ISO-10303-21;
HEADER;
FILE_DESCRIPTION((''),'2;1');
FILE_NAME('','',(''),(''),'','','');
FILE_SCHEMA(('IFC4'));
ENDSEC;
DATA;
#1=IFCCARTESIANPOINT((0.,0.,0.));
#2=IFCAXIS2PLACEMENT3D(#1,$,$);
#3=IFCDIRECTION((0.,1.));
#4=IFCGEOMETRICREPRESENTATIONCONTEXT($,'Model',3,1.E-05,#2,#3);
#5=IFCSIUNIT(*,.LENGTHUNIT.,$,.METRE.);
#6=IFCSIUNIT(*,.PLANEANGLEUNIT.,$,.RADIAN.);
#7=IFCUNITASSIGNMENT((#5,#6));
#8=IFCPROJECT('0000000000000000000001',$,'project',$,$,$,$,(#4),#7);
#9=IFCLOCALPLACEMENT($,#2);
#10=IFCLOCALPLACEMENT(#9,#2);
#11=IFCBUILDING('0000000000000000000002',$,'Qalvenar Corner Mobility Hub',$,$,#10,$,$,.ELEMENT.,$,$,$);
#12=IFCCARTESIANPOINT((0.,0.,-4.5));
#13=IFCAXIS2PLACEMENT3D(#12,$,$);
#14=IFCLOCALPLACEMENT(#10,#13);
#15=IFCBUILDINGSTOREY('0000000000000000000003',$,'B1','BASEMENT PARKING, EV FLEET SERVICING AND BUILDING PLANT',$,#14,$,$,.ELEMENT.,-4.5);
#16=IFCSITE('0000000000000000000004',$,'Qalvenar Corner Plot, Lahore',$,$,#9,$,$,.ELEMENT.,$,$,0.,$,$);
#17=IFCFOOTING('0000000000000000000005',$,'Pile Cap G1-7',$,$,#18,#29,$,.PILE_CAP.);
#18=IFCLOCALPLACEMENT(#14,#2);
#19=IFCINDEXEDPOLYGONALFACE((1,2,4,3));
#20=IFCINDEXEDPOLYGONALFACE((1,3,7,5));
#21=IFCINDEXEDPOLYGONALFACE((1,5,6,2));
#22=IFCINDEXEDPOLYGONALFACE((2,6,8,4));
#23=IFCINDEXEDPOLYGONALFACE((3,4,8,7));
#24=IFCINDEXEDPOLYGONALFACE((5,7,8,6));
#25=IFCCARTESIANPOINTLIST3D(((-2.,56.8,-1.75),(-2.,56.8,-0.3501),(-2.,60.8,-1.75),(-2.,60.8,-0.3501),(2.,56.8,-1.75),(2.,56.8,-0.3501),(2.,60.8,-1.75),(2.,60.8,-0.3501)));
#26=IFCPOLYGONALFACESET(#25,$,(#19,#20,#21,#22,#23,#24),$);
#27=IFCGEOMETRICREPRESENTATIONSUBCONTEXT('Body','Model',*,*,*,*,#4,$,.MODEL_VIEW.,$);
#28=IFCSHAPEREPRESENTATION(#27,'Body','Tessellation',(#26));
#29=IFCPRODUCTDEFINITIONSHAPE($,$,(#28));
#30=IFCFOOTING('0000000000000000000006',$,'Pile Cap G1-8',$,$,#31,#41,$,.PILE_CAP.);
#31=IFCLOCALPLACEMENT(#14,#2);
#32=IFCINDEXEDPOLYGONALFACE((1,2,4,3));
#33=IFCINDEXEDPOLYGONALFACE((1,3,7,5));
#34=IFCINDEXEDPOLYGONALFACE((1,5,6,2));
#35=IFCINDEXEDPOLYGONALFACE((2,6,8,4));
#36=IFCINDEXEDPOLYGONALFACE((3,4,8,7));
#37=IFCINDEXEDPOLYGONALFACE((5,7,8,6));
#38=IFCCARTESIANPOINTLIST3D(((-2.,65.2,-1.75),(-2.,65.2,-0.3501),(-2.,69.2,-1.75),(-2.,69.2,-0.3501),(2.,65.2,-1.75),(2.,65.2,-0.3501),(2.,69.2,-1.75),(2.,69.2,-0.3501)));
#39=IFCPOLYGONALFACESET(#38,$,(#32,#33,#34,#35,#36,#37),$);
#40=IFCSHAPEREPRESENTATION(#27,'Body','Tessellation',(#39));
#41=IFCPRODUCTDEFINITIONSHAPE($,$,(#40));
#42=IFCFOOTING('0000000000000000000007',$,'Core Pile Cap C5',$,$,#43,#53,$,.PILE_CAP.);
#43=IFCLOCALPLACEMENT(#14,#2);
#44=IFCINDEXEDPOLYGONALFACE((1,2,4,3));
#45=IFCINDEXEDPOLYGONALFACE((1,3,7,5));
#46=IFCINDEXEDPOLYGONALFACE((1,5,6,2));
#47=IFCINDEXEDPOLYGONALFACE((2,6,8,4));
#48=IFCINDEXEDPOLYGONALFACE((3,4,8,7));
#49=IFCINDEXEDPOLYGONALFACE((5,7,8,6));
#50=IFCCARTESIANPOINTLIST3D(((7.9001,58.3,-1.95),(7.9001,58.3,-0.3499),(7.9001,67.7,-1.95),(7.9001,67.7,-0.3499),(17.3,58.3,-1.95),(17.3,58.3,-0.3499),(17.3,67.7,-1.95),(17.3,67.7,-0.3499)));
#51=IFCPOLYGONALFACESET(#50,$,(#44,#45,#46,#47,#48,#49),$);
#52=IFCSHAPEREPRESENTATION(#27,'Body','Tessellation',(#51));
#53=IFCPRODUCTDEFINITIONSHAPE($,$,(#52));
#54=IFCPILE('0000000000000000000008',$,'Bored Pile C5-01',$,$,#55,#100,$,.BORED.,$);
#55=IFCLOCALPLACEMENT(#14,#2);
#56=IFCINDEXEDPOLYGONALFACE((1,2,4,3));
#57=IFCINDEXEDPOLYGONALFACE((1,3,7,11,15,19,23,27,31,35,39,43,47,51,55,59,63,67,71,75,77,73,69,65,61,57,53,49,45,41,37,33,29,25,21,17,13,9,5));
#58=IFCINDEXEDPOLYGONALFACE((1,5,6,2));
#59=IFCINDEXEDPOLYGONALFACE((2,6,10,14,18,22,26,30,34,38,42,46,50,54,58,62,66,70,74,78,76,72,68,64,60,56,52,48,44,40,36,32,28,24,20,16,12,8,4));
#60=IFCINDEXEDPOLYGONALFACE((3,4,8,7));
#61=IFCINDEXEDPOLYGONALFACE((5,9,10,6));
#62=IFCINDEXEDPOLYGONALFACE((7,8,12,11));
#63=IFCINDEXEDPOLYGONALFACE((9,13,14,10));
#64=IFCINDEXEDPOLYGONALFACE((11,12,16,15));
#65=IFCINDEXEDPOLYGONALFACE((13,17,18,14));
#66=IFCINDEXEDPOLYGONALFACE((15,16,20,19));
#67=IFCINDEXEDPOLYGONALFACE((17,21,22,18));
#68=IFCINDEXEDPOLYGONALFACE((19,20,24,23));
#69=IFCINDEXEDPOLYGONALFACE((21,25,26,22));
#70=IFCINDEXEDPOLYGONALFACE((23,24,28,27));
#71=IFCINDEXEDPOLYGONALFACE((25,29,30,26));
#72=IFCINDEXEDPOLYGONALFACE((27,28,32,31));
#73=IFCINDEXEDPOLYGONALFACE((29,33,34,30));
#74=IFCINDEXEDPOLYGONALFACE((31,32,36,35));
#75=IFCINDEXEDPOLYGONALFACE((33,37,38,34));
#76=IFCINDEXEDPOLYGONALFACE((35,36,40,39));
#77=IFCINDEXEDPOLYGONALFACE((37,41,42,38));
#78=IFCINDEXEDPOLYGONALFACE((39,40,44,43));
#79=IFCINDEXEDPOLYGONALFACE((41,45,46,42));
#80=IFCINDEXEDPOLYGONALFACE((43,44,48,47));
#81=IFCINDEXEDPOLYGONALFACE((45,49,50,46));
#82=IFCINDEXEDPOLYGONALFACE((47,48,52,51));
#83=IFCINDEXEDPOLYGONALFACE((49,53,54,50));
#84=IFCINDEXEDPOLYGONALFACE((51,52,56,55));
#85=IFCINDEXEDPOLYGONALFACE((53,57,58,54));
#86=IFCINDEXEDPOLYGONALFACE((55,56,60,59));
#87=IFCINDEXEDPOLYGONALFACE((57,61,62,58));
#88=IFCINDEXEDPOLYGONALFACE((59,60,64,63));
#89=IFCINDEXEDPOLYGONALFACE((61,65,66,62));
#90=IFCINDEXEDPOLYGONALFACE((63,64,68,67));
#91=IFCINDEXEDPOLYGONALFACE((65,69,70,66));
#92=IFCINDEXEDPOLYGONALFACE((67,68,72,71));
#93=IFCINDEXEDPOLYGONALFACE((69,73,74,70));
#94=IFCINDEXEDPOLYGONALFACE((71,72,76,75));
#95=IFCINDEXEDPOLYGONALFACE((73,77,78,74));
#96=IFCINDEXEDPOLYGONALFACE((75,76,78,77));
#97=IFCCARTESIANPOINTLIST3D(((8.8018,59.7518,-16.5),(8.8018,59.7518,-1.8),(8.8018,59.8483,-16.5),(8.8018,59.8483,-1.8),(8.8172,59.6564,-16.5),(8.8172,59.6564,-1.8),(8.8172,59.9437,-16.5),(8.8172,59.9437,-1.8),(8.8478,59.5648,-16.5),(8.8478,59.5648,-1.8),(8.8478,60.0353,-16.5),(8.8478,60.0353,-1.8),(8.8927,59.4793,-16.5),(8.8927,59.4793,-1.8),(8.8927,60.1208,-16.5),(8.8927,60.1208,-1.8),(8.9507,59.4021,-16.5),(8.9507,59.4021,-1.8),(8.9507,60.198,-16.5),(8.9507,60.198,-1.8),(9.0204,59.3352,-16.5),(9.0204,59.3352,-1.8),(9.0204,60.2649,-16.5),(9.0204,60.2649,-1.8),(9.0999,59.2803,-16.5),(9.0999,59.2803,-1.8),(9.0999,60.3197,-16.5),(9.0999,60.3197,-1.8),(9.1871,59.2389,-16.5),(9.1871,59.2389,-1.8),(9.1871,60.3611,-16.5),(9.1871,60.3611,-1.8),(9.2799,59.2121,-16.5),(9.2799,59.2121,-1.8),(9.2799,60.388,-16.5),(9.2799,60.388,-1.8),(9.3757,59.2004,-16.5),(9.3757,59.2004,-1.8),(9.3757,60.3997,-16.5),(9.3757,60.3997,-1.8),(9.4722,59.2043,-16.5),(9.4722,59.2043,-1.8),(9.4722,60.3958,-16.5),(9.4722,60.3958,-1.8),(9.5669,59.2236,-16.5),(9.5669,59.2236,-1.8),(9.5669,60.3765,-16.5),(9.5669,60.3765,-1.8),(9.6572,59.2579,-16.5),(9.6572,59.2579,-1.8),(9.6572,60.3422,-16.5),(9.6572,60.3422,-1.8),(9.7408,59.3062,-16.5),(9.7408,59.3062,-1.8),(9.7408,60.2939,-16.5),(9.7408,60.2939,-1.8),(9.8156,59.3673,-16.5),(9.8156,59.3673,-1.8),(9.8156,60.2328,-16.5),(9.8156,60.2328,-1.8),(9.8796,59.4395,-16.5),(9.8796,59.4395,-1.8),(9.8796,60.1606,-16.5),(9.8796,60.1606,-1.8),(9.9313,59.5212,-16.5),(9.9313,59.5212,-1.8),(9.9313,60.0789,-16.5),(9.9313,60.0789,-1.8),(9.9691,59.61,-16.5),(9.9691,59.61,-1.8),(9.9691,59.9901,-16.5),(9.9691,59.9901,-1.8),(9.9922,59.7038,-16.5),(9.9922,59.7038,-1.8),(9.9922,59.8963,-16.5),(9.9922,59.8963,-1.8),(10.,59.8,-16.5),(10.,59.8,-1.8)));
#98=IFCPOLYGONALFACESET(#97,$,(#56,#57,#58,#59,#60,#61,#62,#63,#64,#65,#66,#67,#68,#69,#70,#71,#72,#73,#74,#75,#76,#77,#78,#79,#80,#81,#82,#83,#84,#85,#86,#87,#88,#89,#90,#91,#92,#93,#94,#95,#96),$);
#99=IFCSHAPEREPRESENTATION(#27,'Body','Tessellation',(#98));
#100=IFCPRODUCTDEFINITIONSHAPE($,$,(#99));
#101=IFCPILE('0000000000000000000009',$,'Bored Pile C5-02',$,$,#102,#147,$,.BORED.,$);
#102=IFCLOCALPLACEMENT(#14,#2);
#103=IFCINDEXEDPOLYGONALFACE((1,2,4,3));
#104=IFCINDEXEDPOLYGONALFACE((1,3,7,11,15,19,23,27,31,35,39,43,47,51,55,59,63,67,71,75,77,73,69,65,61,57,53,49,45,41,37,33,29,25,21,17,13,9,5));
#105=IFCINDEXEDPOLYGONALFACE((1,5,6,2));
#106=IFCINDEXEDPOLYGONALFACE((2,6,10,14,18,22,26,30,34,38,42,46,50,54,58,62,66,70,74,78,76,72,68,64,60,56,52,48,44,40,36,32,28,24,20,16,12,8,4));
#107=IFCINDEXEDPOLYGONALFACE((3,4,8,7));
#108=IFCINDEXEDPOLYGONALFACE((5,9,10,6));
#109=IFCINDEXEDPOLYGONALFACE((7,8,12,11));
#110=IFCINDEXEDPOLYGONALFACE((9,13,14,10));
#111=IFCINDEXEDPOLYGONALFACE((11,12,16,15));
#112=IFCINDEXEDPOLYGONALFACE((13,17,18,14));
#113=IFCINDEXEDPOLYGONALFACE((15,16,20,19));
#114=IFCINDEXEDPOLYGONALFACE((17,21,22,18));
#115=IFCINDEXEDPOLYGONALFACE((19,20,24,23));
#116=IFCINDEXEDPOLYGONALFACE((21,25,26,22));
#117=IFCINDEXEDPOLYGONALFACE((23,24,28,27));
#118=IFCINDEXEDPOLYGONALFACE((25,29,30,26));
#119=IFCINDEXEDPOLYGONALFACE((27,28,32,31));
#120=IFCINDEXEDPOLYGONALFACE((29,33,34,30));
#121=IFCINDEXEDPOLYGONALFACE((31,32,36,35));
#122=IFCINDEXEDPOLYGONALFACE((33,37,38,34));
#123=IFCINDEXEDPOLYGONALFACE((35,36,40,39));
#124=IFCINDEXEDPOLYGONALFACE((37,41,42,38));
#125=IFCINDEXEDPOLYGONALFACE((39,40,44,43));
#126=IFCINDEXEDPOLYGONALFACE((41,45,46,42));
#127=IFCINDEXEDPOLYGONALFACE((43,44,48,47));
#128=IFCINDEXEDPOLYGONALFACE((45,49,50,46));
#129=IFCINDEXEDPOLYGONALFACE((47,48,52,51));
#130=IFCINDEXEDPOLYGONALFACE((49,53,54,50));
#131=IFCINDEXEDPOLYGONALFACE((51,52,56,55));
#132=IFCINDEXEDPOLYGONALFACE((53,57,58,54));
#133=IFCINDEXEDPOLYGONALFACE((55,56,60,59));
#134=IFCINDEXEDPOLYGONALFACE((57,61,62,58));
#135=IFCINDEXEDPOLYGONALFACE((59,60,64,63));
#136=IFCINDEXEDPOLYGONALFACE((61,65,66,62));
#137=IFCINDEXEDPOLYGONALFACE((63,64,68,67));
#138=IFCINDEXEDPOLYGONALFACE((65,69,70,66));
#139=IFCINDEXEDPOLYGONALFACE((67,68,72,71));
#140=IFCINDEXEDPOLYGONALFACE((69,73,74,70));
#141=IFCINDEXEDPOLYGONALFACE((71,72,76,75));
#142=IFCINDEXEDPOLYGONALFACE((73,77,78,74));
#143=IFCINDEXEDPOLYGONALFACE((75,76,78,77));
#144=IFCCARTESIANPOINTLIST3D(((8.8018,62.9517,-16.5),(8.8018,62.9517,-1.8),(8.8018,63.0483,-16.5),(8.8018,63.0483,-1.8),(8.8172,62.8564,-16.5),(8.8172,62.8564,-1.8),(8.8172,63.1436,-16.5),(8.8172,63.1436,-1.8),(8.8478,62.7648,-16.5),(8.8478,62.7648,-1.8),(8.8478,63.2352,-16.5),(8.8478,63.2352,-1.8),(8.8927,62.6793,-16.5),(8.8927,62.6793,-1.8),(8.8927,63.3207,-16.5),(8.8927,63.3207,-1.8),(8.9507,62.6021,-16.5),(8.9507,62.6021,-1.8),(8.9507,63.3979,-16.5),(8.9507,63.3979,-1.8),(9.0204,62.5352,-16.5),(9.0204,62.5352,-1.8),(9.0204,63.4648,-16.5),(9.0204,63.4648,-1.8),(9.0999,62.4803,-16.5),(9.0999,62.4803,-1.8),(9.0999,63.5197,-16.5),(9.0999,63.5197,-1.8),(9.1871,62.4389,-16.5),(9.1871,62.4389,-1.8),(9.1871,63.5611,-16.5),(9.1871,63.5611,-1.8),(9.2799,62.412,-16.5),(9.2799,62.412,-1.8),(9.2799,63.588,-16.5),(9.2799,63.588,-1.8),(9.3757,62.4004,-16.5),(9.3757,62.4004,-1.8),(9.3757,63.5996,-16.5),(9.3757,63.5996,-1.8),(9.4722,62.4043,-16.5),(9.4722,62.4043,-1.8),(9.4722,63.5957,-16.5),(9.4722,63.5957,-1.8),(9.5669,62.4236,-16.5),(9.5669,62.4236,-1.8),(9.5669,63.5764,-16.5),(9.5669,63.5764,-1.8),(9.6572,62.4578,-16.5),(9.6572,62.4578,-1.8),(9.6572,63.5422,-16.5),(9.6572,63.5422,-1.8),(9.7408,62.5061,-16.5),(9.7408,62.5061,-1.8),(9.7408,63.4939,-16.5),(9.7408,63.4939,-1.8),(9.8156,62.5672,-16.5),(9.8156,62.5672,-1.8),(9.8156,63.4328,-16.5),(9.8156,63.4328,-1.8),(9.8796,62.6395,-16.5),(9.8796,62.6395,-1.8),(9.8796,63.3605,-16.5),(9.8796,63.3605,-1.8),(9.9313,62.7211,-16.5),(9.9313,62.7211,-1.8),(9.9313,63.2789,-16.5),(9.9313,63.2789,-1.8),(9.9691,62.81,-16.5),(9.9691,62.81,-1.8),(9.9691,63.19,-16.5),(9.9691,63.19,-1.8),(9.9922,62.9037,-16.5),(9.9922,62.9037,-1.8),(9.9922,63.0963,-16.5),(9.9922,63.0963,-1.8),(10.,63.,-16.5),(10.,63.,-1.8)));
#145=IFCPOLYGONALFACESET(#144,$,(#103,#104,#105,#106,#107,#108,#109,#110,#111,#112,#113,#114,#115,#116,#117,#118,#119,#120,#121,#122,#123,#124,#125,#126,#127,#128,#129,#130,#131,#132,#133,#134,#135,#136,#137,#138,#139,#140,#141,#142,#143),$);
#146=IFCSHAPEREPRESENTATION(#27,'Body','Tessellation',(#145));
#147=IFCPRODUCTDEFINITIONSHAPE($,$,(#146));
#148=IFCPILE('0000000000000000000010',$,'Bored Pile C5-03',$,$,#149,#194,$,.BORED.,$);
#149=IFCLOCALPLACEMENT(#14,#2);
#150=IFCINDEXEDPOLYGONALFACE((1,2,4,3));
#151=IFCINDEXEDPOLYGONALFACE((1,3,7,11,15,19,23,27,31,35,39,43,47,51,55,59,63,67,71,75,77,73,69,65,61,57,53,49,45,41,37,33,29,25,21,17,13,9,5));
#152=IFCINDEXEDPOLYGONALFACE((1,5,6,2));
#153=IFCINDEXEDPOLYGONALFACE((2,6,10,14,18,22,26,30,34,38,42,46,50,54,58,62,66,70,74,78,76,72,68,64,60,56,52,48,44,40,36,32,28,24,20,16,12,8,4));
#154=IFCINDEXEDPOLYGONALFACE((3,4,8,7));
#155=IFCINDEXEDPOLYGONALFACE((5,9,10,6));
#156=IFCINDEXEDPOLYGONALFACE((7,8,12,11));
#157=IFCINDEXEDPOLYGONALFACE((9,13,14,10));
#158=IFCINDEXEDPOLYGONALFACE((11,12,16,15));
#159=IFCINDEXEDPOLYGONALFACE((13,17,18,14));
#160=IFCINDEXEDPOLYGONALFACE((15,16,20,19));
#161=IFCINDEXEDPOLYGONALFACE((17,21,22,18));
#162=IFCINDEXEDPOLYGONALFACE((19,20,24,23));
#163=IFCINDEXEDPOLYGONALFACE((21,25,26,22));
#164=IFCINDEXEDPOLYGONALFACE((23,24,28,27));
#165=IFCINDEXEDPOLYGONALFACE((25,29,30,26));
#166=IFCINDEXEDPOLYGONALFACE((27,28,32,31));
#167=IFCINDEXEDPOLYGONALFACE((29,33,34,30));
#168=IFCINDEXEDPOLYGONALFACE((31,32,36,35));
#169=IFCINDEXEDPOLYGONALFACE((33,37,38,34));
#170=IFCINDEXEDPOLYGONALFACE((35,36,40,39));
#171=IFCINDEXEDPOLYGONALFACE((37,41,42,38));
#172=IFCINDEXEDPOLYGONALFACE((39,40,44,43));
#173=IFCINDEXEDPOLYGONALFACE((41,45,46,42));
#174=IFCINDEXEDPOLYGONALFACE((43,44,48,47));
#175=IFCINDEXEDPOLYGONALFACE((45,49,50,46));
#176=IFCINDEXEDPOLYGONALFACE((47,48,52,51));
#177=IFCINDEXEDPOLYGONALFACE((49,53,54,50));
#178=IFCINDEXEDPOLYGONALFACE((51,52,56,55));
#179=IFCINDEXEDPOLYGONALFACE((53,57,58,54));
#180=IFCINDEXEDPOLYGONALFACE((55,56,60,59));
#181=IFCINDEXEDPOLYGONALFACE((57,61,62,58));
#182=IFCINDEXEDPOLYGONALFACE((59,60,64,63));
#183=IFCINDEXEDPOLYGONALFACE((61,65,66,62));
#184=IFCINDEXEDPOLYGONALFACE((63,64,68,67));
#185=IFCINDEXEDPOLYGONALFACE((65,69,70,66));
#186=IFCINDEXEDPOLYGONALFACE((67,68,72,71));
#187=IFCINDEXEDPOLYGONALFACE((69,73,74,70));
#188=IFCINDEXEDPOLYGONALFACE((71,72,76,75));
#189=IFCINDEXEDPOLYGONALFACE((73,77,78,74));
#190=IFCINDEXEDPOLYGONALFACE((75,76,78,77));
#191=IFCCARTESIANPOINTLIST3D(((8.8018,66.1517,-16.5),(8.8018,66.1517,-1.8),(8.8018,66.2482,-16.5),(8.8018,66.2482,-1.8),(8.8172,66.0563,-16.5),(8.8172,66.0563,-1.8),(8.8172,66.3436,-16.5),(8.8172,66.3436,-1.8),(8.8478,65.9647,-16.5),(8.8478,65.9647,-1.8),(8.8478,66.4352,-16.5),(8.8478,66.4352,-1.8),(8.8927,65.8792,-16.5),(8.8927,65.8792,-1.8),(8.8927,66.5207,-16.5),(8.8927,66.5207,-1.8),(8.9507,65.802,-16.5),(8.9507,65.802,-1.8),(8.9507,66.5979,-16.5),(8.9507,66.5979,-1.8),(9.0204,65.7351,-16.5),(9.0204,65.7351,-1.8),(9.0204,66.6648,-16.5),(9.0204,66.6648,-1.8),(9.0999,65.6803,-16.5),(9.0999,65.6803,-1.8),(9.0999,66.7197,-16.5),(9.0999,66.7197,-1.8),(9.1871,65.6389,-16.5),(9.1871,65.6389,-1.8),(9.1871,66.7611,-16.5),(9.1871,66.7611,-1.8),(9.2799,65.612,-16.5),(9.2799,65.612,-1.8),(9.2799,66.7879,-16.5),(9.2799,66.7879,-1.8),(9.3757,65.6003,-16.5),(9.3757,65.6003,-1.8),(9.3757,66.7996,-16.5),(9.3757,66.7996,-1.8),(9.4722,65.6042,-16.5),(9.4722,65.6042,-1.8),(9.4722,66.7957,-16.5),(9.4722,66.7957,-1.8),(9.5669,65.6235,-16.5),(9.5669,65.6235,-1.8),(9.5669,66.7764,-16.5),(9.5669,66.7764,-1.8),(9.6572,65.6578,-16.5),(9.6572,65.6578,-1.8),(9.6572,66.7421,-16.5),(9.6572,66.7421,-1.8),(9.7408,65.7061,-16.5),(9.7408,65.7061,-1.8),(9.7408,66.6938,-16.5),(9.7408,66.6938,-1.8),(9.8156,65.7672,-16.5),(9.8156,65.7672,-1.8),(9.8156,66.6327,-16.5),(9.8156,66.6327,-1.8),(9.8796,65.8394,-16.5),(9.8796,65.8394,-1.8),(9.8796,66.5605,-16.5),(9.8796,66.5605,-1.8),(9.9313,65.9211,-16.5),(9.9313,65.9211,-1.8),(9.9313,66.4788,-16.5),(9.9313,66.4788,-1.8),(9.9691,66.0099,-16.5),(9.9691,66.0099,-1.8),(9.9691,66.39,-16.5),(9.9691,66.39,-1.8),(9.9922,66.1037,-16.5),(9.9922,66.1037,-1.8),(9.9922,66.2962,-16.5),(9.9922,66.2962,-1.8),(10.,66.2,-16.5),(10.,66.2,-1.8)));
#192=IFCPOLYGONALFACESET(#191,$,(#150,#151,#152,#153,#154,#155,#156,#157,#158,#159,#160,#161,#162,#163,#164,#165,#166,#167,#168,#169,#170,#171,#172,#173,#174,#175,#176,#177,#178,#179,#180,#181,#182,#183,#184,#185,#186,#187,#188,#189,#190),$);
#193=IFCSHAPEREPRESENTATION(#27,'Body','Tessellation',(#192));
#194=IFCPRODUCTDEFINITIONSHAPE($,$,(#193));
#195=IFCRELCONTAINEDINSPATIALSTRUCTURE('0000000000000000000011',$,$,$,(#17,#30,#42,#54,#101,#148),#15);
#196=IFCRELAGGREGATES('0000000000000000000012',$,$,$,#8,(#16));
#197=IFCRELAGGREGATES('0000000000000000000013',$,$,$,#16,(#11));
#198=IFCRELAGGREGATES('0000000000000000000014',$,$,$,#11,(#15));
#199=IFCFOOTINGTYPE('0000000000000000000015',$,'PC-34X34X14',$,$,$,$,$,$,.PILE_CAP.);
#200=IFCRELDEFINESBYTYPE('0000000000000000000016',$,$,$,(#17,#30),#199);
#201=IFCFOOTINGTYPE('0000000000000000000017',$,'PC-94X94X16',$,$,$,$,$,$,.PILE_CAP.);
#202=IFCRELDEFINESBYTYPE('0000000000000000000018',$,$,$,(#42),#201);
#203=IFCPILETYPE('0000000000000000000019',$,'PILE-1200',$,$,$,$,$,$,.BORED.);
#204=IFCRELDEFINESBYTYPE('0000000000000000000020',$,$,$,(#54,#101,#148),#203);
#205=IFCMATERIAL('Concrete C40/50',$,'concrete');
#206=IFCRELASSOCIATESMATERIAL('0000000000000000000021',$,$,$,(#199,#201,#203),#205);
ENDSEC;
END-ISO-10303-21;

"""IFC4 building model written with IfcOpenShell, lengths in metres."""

from ifc_helpers import new_model, si_unit, direction, frame, origin, origin_2d, place, context, subcontext, project, spatial, rectangle, circle, extrude, material, material_profile, profile_set, type_object, element, save


model = new_model("IFC4")

# Units and contexts
model_context = context("Model", 3, precision=1e-05, world=origin(), true_north=direction((0.0, 1.0)))
body_context = subcontext(model_context, "Body", "Model", "MODEL_VIEW")
ifc_project = project(units=[si_unit("LENGTHUNIT", "METRE"), si_unit("PLANEANGLEUNIT", "RADIAN")], contexts=[model_context])

# Site, building, storey
site_placement = place(None, origin())
site = spatial("IfcSite", under=ifc_project, at=site_placement, Name="Qalvenar Corner Plot, Lahore", CompositionType="ELEMENT", RefElevation=0.0)
building_placement = place(site_placement, origin())
building = spatial("IfcBuilding", under=site, at=building_placement, Name="Qalvenar Corner Mobility Hub", CompositionType="ELEMENT")
storey_placement = place(building_placement, frame((0.0, 0.0, -4.5)))
storey = spatial("IfcBuildingStorey", under=building, at=storey_placement, Name="B1", Description="BASEMENT PARKING, EV FLEET SERVICING AND BUILDING PLANT", CompositionType="ELEMENT", Elevation=-4.5)

# Footings
ifc_material_1 = material(Name="Concrete C40/50", Category="concrete")
footing_type_1 = type_object("IfcFootingType", Name="PC-34X34X14", PredefinedType="PILE_CAP", material=ifc_material_1)
for number, where, z_axis, x_axis, name in (
    (1, (0.0, 58.8, -1.75), (0.0, 0.0, 1.0), (1.0, 0.0, 0.0), "Pile Cap G1-7"),
    (2, (0.0, 67.2, -1.75), (0.0, 0.0, 1.0), (1.0, 0.0, 0.0), "Pile Cap G1-8"),
):
    element("IfcFooting", number, at=place(storey_placement, frame(where, z_axis=z_axis, x_axis=x_axis)), inside=storey, type_object=footing_type_1, Name=name, PredefinedType="PILE_CAP", context=body_context, shape_type="SweptSolid", body=[
        extrude(rectangle(XDim=4.0, YDim=4.0, at=origin_2d()), origin(), (0.0, 0.0, 1.0), 1.3999),
    ])
footing_type_2 = type_object("IfcFootingType", Name="PC-94X94X16", PredefinedType="PILE_CAP", material=ifc_material_1)
footing_1_placement = place(storey_placement, frame((12.6001, 63.0, -1.95), z_axis=(0.0, 0.0, 1.0), x_axis=(1.0, 0.0, 0.0)))
element("IfcFooting", 3, at=footing_1_placement, inside=storey, type_object=footing_type_2, Name="Core Pile Cap C5", PredefinedType="PILE_CAP", context=body_context, shape_type="SweptSolid", body=[
    extrude(rectangle(XDim=9.3999, YDim=9.3999, at=origin_2d()), origin(), (0.0, 0.0, 1.0), 1.6001),
])

# Piles
ifc_material_profile_1 = material_profile(ifc_material_1, circle(Radius=0.6001, at=origin_2d()), Name="DIA1200")
ifc_profile_set_1 = profile_set([ifc_material_profile_1], Name="Concrete C40/50")
pile_type_1 = type_object("IfcPileType", Name="PILE-1200", PredefinedType="BORED", material=ifc_profile_set_1)
for number, where, z_axis, x_axis, name in (
    (4, (9.3999, 59.8, -1.8), (0.0, 0.0, -1.0), (1.0, 0.0, 0.0), "Bored Pile C5-01"),
    (5, (9.3999, 63.0, -1.8), (0.0, 0.0, -1.0), (1.0, 0.0, 0.0), "Bored Pile C5-02"),
    (6, (9.3999, 66.2, -1.8), (0.0, 0.0, -1.0), (1.0, 0.0, 0.0), "Bored Pile C5-03"),
):
    element("IfcPile", number, at=place(storey_placement, frame(where, z_axis=z_axis, x_axis=x_axis)), inside=storey, type_object=pile_type_1, Name=name, PredefinedType="BORED", context=body_context, shape_type="SweptSolid", body=[
        extrude(circle(Radius=0.6001, at=origin_2d()), origin(), (0.0, 0.0, 1.0), 14.7),
    ])

save(model, "model.ifc")
